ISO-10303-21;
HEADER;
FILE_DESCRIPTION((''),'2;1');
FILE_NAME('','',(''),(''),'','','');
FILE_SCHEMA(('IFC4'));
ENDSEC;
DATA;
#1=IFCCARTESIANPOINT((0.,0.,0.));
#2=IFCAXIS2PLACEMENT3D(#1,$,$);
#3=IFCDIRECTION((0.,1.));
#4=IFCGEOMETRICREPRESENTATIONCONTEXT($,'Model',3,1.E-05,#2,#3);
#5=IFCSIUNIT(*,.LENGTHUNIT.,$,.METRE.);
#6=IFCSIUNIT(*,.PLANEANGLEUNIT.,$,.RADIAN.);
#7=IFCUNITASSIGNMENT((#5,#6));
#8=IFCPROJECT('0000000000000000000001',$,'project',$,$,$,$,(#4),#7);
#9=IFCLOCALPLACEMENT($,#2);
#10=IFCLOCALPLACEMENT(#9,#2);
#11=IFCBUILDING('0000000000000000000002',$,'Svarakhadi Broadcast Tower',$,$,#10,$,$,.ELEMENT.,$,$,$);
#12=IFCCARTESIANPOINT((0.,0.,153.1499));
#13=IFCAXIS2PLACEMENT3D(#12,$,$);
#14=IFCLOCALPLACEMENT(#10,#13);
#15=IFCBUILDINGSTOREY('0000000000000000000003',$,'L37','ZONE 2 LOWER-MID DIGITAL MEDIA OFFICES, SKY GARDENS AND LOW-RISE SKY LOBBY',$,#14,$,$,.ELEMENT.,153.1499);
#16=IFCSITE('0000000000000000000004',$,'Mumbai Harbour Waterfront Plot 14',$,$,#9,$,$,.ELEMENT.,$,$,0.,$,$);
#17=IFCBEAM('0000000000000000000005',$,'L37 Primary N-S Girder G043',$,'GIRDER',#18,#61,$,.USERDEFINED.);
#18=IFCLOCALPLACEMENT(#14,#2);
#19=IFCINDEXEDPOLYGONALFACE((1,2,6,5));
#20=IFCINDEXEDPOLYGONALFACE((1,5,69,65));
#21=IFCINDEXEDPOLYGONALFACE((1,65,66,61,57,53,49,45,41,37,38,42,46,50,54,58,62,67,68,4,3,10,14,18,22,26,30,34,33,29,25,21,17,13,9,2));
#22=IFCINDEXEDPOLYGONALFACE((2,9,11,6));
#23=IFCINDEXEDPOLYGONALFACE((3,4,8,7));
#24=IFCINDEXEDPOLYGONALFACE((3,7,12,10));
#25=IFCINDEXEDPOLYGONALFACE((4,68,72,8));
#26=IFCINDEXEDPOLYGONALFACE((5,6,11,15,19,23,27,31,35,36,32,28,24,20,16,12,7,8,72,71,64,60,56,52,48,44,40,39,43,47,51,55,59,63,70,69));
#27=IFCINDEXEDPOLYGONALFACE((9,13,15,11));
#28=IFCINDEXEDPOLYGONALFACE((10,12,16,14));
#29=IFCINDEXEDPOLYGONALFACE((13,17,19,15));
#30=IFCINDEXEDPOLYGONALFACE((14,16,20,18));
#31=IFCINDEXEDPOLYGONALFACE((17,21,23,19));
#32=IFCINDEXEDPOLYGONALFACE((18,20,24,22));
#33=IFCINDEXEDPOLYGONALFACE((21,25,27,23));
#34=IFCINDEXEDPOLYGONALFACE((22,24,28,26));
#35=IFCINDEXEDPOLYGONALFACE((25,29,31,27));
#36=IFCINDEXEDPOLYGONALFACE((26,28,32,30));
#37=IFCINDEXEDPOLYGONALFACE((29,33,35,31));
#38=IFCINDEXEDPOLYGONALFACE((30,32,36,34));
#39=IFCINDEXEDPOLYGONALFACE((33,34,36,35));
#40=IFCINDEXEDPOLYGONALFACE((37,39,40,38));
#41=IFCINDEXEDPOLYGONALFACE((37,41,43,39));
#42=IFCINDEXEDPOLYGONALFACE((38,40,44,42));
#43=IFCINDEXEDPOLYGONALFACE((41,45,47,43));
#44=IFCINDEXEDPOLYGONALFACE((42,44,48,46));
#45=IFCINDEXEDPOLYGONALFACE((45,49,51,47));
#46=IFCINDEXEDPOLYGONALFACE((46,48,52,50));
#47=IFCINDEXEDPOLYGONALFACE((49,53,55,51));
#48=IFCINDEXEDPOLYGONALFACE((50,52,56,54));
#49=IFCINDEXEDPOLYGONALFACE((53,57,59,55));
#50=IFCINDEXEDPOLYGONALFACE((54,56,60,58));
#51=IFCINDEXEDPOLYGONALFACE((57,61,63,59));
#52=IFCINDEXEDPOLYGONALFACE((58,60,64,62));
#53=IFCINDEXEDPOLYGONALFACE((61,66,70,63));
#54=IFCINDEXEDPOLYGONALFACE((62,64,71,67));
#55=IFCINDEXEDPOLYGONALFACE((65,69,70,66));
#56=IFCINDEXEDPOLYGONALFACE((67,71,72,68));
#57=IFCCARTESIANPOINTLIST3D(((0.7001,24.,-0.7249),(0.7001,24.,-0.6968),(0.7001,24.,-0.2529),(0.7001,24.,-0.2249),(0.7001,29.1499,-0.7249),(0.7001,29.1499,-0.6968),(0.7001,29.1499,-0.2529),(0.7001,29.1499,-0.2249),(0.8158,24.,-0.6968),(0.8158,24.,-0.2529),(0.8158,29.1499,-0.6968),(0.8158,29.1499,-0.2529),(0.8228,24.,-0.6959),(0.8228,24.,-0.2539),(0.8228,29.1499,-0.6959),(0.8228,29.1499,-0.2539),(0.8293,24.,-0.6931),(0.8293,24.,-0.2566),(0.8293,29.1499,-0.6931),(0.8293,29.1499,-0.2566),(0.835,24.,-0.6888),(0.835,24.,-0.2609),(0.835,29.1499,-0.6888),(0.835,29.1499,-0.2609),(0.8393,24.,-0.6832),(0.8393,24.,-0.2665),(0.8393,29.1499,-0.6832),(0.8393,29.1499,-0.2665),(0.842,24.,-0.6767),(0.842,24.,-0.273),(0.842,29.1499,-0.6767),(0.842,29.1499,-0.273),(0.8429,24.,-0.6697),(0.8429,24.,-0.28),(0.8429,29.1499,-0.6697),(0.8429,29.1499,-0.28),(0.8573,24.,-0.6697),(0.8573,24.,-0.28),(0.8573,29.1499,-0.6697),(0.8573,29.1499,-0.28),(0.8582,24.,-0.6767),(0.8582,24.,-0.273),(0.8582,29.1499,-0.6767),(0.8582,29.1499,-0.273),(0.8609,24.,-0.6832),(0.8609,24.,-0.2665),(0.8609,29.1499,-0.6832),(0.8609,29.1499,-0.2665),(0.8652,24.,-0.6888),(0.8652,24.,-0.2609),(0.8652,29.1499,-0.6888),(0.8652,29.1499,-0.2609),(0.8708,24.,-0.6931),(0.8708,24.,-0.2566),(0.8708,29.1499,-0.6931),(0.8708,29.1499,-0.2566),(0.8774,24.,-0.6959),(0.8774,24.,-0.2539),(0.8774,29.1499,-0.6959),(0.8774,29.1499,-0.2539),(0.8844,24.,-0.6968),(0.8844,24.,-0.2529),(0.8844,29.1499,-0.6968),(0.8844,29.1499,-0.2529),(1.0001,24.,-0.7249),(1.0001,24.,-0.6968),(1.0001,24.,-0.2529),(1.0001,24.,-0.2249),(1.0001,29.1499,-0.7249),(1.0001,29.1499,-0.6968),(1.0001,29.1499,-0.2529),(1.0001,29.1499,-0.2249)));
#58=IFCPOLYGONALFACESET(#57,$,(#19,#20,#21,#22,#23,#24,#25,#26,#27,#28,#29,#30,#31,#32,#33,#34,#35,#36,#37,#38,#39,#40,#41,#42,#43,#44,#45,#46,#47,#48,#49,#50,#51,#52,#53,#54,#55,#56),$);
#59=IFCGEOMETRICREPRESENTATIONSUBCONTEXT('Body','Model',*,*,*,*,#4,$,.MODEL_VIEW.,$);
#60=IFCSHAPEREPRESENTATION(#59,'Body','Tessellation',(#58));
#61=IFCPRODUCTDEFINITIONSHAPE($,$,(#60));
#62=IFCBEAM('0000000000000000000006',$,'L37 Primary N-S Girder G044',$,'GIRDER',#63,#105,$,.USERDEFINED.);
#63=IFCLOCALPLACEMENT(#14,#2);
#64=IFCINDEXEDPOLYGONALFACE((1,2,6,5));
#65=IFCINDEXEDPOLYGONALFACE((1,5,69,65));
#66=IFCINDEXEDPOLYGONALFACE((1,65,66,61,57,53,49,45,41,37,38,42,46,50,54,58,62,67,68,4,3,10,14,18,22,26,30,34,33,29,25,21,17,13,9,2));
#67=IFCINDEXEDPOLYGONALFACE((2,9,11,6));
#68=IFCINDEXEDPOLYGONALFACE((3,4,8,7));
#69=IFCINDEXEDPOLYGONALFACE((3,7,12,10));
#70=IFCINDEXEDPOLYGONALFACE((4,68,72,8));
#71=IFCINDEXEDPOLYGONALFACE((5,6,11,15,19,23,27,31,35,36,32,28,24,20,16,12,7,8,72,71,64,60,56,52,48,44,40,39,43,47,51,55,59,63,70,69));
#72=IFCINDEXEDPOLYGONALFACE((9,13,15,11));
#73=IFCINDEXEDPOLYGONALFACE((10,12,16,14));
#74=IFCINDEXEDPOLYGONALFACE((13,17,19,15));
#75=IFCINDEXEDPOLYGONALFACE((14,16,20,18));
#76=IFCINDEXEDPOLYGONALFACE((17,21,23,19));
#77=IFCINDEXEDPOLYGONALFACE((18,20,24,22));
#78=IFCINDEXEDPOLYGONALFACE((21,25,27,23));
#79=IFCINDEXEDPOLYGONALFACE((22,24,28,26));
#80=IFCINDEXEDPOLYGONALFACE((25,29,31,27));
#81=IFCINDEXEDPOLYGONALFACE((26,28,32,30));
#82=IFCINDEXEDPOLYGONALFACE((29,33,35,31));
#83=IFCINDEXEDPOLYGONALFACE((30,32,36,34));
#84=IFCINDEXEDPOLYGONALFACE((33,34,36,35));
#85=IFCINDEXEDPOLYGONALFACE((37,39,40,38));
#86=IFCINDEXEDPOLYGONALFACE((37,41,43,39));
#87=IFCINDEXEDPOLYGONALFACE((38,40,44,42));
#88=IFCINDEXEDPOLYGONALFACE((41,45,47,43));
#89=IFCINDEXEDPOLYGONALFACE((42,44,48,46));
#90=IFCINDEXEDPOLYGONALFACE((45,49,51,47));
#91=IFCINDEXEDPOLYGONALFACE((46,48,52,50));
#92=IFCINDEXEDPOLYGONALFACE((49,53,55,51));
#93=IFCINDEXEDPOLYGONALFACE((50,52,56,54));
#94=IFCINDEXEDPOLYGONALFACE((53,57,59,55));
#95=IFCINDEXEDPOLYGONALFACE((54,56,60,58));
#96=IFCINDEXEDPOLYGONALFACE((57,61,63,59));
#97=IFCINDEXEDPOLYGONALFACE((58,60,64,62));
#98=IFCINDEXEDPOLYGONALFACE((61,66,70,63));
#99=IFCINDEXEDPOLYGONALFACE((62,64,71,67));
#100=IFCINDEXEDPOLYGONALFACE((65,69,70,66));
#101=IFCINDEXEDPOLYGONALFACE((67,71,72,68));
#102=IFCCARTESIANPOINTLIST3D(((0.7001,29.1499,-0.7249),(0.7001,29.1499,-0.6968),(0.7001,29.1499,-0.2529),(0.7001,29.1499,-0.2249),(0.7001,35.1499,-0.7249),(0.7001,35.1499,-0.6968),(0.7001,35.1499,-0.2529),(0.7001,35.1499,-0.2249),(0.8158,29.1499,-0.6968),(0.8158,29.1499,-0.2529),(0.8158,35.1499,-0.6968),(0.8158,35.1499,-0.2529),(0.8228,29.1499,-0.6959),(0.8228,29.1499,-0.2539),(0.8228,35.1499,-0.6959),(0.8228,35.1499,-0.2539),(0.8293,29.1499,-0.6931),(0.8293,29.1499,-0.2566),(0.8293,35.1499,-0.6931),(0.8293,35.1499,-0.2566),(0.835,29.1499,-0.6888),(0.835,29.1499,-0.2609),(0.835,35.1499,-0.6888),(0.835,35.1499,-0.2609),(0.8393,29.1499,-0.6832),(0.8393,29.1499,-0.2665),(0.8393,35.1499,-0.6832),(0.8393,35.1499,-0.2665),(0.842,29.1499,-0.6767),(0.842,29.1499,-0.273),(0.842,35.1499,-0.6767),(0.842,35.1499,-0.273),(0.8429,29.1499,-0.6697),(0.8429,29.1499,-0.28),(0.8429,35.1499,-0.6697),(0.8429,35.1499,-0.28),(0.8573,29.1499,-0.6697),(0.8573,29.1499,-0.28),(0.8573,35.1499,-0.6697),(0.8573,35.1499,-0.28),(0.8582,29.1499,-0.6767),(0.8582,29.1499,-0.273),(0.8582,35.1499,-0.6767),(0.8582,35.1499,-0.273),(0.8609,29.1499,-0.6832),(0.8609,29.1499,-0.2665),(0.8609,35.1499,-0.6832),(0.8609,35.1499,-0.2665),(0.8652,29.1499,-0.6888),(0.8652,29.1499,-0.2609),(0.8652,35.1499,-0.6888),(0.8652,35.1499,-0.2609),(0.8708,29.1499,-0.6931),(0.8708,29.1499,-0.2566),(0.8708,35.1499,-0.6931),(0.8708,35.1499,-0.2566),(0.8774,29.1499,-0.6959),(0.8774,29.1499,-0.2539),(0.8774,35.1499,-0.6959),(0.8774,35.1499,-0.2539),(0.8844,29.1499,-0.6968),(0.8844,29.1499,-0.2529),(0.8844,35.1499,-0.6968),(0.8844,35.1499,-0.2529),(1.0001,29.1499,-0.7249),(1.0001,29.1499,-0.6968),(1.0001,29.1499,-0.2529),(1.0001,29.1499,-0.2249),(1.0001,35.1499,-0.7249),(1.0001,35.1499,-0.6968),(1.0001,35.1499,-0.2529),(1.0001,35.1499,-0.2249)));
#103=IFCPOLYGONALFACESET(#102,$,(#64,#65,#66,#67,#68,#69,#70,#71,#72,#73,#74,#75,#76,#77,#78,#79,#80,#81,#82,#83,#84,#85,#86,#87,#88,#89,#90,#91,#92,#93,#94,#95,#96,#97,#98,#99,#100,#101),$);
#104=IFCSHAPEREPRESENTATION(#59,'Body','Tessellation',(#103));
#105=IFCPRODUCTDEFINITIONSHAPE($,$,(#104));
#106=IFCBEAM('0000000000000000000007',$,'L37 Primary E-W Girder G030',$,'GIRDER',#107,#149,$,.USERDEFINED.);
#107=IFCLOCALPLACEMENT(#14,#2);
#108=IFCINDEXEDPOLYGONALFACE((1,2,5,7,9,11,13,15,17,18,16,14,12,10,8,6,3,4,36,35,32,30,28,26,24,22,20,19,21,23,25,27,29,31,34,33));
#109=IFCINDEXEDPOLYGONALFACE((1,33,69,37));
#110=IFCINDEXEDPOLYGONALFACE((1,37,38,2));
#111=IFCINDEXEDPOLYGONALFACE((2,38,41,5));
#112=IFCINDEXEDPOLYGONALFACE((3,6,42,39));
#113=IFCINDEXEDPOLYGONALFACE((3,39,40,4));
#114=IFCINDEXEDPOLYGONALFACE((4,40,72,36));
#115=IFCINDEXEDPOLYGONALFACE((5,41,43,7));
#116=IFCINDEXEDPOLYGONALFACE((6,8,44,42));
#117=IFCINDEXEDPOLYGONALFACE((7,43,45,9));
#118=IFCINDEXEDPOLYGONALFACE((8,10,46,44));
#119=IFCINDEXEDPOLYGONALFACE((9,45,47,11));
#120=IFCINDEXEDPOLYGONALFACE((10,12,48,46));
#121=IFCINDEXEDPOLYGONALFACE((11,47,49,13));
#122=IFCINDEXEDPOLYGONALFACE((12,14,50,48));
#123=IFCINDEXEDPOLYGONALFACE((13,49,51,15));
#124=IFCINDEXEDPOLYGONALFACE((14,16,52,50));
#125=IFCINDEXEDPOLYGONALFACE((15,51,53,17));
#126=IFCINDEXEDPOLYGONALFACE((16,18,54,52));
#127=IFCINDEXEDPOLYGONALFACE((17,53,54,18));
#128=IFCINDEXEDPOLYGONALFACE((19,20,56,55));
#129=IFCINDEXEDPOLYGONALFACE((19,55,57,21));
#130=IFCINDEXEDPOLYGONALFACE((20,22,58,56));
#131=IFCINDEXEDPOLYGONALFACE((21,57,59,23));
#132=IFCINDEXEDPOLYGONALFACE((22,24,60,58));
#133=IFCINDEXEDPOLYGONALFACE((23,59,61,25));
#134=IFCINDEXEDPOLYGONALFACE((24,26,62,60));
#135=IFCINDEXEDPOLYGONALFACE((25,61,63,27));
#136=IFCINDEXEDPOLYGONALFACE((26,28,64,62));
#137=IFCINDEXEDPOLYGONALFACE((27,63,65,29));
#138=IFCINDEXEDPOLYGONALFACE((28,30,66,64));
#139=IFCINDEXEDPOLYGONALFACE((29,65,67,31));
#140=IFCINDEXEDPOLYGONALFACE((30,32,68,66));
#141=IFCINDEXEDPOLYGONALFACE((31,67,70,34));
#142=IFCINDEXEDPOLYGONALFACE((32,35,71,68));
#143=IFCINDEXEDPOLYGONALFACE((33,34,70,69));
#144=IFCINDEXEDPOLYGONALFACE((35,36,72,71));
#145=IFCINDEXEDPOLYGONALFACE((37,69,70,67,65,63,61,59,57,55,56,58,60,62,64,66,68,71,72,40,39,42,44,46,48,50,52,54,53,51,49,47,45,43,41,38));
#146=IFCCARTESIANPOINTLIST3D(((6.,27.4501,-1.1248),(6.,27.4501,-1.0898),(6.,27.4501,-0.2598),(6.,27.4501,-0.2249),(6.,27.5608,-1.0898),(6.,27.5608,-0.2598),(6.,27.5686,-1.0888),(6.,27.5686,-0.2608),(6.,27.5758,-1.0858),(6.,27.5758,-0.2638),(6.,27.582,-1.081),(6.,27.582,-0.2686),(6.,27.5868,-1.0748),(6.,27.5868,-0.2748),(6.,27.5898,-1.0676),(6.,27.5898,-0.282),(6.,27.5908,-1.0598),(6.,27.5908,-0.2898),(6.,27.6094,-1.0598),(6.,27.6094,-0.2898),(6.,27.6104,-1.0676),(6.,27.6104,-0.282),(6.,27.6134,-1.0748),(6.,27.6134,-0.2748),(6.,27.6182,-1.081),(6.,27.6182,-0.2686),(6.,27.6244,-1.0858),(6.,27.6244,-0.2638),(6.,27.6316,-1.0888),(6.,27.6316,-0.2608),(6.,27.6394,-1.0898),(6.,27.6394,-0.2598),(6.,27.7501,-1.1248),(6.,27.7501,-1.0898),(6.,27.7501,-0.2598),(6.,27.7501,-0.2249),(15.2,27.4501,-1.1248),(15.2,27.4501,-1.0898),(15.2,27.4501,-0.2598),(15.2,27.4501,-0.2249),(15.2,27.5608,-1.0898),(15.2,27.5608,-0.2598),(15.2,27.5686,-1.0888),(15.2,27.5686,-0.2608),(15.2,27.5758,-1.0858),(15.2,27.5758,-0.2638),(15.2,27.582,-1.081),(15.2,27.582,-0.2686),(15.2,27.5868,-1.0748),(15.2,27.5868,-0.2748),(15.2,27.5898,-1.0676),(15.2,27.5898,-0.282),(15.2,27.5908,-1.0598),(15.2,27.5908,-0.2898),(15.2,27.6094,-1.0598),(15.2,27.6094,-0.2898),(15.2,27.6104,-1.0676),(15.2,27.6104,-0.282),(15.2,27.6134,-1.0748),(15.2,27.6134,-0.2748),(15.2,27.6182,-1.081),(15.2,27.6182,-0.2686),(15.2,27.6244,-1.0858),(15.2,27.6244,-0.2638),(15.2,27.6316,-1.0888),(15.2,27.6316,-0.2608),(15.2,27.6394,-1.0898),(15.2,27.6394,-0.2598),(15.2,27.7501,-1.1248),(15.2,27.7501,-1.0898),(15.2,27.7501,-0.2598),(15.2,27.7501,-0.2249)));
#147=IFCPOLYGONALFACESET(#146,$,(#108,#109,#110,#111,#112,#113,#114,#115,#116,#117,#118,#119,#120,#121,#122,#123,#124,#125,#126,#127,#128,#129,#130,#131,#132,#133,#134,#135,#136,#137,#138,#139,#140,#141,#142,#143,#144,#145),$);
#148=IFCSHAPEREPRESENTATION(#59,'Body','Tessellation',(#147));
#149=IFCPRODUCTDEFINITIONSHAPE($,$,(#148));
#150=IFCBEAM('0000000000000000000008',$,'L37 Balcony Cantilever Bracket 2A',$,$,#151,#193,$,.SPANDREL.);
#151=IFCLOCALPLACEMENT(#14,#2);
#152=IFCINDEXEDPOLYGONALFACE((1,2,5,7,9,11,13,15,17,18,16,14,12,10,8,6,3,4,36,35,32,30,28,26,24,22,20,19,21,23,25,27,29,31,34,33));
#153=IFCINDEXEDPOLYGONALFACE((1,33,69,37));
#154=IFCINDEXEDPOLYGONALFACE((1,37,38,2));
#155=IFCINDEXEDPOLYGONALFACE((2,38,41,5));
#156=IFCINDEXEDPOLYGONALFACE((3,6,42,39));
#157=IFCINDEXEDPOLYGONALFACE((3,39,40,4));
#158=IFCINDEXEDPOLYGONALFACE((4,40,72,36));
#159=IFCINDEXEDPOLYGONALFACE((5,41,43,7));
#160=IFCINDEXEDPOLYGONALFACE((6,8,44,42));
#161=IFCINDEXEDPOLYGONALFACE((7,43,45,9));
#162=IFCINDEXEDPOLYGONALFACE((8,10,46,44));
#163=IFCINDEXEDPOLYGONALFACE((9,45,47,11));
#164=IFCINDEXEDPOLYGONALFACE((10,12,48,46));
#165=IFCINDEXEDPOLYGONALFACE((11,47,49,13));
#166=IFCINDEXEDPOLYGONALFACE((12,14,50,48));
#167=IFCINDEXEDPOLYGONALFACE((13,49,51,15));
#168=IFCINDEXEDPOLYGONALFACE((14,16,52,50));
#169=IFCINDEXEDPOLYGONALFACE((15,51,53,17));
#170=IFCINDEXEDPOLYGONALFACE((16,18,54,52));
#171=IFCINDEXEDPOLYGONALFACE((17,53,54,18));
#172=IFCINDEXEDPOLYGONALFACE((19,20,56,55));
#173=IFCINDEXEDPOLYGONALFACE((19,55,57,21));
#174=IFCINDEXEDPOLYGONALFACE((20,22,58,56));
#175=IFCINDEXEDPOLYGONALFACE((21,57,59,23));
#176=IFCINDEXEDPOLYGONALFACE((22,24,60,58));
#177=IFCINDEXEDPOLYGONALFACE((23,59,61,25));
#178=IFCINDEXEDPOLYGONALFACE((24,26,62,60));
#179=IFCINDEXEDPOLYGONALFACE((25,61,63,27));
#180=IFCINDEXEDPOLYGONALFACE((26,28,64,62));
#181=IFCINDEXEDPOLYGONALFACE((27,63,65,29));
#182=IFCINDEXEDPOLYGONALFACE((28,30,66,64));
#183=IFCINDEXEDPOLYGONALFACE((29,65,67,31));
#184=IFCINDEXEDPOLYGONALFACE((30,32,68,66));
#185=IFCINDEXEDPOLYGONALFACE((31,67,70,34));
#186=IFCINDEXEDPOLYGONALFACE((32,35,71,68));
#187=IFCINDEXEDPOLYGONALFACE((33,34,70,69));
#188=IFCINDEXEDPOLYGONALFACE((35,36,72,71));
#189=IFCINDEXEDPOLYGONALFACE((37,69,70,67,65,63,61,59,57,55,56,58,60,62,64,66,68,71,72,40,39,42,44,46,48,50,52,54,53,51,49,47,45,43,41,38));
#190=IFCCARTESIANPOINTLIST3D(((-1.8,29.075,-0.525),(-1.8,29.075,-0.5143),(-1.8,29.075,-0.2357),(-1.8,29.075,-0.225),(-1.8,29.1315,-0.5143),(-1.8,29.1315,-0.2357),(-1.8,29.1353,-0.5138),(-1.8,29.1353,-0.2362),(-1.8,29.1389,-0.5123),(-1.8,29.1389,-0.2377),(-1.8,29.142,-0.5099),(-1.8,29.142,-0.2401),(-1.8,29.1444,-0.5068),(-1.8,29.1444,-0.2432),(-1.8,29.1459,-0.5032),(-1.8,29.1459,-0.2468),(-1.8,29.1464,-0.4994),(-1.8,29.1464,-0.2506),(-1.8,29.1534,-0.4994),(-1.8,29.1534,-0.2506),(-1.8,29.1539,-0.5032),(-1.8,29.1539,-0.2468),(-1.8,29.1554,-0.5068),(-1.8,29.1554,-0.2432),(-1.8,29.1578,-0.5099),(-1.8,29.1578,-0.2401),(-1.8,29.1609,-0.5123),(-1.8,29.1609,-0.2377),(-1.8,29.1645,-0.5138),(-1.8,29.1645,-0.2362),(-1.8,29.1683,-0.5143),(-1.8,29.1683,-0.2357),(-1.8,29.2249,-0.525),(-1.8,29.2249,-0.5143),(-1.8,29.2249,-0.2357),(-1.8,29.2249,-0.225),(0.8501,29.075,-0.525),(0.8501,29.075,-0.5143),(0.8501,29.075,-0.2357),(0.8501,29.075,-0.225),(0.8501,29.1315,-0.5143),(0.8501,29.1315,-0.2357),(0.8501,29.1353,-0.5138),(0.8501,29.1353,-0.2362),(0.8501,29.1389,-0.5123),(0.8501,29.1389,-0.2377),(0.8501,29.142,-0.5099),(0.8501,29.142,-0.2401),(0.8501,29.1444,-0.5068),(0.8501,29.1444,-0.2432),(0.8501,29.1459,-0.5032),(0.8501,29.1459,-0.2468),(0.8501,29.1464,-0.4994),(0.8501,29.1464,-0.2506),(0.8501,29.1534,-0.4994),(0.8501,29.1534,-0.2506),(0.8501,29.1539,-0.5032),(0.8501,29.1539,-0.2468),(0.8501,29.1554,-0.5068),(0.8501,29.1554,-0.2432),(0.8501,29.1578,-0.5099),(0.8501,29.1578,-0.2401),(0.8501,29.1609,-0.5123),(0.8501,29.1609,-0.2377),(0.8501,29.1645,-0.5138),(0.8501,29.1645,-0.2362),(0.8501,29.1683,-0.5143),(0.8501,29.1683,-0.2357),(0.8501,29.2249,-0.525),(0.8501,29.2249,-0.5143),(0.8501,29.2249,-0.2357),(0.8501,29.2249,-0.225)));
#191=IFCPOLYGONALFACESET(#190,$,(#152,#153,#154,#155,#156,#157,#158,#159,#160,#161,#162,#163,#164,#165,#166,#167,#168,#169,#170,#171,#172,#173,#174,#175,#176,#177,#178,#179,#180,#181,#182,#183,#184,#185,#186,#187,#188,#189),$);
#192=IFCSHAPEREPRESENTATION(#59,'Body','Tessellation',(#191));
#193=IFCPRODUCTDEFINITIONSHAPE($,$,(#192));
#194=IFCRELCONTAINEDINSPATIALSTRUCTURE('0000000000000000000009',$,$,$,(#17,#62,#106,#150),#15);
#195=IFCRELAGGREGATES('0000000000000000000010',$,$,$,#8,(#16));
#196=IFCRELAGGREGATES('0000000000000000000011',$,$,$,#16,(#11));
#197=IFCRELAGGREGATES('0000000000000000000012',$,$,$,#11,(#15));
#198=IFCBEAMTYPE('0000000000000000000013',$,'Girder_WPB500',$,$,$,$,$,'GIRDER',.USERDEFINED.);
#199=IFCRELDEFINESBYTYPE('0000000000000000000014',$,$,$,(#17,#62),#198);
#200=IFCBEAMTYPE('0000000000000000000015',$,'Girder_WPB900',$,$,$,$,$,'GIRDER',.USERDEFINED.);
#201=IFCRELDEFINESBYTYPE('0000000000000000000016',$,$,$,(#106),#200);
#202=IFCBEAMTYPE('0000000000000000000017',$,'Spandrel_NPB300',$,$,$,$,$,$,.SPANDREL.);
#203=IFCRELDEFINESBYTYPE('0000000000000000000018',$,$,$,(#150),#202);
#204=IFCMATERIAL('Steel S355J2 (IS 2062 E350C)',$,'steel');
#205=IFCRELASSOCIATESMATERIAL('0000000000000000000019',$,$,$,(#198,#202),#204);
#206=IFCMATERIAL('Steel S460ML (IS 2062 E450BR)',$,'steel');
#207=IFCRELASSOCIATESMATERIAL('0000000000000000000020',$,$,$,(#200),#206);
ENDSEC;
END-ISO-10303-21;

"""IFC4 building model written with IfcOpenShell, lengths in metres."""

from ifc_helpers import new_model, si_unit, direction, frame, origin, origin_2d, place, context, subcontext, project, spatial, i_section, extrude, material, material_profile, profile_set, type_object, element, save


model = new_model("IFC4")

# Units and contexts
model_context = context("Model", 3, precision=1e-05, world=origin(), true_north=direction((0.0, 1.0)))
body_context = subcontext(model_context, "Body", "Model", "MODEL_VIEW")
ifc_project = project(units=[si_unit("LENGTHUNIT", "METRE"), si_unit("PLANEANGLEUNIT", "RADIAN")], contexts=[model_context])

# Site, building, storey
site_placement = place(None, origin())
site = spatial("IfcSite", under=ifc_project, at=site_placement, Name="Mumbai Harbour Waterfront Plot 14", CompositionType="ELEMENT", RefElevation=0.0)
building_placement = place(site_placement, origin())
building = spatial("IfcBuilding", under=site, at=building_placement, Name="Svarakhadi Broadcast Tower", CompositionType="ELEMENT")
storey_placement = place(building_placement, frame((0.0, 0.0, 153.1499)))
storey = spatial("IfcBuildingStorey", under=building, at=storey_placement, Name="L37", Description="ZONE 2 LOWER-MID DIGITAL MEDIA OFFICES, SKY GARDENS AND LOW-RISE SKY LOBBY", CompositionType="ELEMENT", Elevation=153.1499)

# Shared definitions
ifc_material_1 = material(Name="Steel S460ML (IS 2062 E450BR)", Category="steel")

# Shared definitions
ifc_material_2 = material(Name="Steel S355J2 (IS 2062 E350C)", Category="steel")

# Beams
ifc_material_profile_1 = material_profile(ifc_material_2, i_section(OverallWidth=0.3, OverallDepth=0.5, WebThickness=0.0144, FlangeThickness=0.0281, FilletRadius=0.0271, at=origin_2d()), Name="WPB 500x300x187")
ifc_profile_set_1 = profile_set([ifc_material_profile_1], Name="Steel S355J2 (IS 2062 E350C)")
beam_type_1 = type_object("IfcBeamType", Name="Girder_WPB500", ElementType="GIRDER", PredefinedType="USERDEFINED", material=ifc_profile_set_1)
for number, where, z_axis, x_axis, name in (
    (1, (0.8501, 24.0, -0.4749), (0.0, 1.0, 0.0), (-1.0, 0.0, 0.0), "L37 Primary N-S Girder G043"),
):
    element("IfcBeam", number, at=place(storey_placement, frame(where, z_axis=z_axis, x_axis=x_axis)), inside=storey, type_object=beam_type_1, Name=name, ObjectType="GIRDER", PredefinedType="USERDEFINED", context=body_context, shape_type="SweptSolid", body=[
        extrude(i_section(OverallWidth=0.3, OverallDepth=0.5, WebThickness=0.0144, FlangeThickness=0.0281, FilletRadius=0.0271, at=origin_2d()), origin(), (0.0, 0.0, 1.0), 5.1499),
    ])
beam_1_placement = place(storey_placement, frame((0.8501, 29.1499, -0.4749), z_axis=(0.0, 1.0, 0.0), x_axis=(-1.0, 0.0, 0.0)))
element("IfcBeam", 2, at=beam_1_placement, inside=storey, type_object=beam_type_1, Name="L37 Primary N-S Girder G044", ObjectType="GIRDER", PredefinedType="USERDEFINED", context=body_context, shape_type="SweptSolid", body=[
    extrude(i_section(OverallWidth=0.3, OverallDepth=0.5, WebThickness=0.0144, FlangeThickness=0.0281, FilletRadius=0.0271, at=origin_2d()), origin(), (0.0, 0.0, 1.0), 6.0),
])
ifc_material_profile_2 = material_profile(ifc_material_1, i_section(OverallWidth=0.3, OverallDepth=0.8999, WebThickness=0.0186, FlangeThickness=0.0349, FilletRadius=0.03, at=origin_2d()), Name="WPB 900x300x291")
ifc_profile_set_2 = profile_set([ifc_material_profile_2], Name="Steel S460ML (IS 2062 E450BR)")
beam_type_2 = type_object("IfcBeamType", Name="Girder_WPB900", ElementType="GIRDER", PredefinedType="USERDEFINED", material=ifc_profile_set_2)
beam_2_placement = place(storey_placement, frame((6.0, 27.6001, -0.6748), z_axis=(1.0, 0.0, 0.0), x_axis=(0.0, 1.0, 0.0)))
element("IfcBeam", 3, at=beam_2_placement, inside=storey, type_object=beam_type_2, Name="L37 Primary E-W Girder G030", ObjectType="GIRDER", PredefinedType="USERDEFINED", context=body_context, shape_type="SweptSolid", body=[
    extrude(i_section(OverallWidth=0.3, OverallDepth=0.8999, WebThickness=0.0186, FlangeThickness=0.0349, FilletRadius=0.03, at=origin_2d()), origin(), (0.0, 0.0, 1.0), 9.2),
])
ifc_material_profile_3 = material_profile(ifc_material_2, i_section(OverallWidth=0.1499, OverallDepth=0.3, WebThickness=0.0071, FlangeThickness=0.0107, FilletRadius=0.0149, at=origin_2d()), Name="NPB 300x150x37")
ifc_profile_set_3 = profile_set([ifc_material_profile_3], Name="Steel S355J2 (IS 2062 E350C)")
beam_type_3 = type_object("IfcBeamType", Name="Spandrel_NPB300", PredefinedType="SPANDREL", material=ifc_profile_set_3)
beam_3_placement = place(storey_placement, frame((0.8501, 29.1499, -0.375), z_axis=(-1.0, 0.0, 0.0), x_axis=(0.0, -1.0, 0.0)))
element("IfcBeam", 4, at=beam_3_placement, inside=storey, type_object=beam_type_3, Name="L37 Balcony Cantilever Bracket 2A", PredefinedType="SPANDREL", context=body_context, shape_type="SweptSolid", body=[
    extrude(i_section(OverallWidth=0.1499, OverallDepth=0.3, WebThickness=0.0071, FlangeThickness=0.0107, FilletRadius=0.0149, at=origin_2d()), origin(), (0.0, 0.0, 1.0), 2.6501),
])

save(model, "model.ifc")
